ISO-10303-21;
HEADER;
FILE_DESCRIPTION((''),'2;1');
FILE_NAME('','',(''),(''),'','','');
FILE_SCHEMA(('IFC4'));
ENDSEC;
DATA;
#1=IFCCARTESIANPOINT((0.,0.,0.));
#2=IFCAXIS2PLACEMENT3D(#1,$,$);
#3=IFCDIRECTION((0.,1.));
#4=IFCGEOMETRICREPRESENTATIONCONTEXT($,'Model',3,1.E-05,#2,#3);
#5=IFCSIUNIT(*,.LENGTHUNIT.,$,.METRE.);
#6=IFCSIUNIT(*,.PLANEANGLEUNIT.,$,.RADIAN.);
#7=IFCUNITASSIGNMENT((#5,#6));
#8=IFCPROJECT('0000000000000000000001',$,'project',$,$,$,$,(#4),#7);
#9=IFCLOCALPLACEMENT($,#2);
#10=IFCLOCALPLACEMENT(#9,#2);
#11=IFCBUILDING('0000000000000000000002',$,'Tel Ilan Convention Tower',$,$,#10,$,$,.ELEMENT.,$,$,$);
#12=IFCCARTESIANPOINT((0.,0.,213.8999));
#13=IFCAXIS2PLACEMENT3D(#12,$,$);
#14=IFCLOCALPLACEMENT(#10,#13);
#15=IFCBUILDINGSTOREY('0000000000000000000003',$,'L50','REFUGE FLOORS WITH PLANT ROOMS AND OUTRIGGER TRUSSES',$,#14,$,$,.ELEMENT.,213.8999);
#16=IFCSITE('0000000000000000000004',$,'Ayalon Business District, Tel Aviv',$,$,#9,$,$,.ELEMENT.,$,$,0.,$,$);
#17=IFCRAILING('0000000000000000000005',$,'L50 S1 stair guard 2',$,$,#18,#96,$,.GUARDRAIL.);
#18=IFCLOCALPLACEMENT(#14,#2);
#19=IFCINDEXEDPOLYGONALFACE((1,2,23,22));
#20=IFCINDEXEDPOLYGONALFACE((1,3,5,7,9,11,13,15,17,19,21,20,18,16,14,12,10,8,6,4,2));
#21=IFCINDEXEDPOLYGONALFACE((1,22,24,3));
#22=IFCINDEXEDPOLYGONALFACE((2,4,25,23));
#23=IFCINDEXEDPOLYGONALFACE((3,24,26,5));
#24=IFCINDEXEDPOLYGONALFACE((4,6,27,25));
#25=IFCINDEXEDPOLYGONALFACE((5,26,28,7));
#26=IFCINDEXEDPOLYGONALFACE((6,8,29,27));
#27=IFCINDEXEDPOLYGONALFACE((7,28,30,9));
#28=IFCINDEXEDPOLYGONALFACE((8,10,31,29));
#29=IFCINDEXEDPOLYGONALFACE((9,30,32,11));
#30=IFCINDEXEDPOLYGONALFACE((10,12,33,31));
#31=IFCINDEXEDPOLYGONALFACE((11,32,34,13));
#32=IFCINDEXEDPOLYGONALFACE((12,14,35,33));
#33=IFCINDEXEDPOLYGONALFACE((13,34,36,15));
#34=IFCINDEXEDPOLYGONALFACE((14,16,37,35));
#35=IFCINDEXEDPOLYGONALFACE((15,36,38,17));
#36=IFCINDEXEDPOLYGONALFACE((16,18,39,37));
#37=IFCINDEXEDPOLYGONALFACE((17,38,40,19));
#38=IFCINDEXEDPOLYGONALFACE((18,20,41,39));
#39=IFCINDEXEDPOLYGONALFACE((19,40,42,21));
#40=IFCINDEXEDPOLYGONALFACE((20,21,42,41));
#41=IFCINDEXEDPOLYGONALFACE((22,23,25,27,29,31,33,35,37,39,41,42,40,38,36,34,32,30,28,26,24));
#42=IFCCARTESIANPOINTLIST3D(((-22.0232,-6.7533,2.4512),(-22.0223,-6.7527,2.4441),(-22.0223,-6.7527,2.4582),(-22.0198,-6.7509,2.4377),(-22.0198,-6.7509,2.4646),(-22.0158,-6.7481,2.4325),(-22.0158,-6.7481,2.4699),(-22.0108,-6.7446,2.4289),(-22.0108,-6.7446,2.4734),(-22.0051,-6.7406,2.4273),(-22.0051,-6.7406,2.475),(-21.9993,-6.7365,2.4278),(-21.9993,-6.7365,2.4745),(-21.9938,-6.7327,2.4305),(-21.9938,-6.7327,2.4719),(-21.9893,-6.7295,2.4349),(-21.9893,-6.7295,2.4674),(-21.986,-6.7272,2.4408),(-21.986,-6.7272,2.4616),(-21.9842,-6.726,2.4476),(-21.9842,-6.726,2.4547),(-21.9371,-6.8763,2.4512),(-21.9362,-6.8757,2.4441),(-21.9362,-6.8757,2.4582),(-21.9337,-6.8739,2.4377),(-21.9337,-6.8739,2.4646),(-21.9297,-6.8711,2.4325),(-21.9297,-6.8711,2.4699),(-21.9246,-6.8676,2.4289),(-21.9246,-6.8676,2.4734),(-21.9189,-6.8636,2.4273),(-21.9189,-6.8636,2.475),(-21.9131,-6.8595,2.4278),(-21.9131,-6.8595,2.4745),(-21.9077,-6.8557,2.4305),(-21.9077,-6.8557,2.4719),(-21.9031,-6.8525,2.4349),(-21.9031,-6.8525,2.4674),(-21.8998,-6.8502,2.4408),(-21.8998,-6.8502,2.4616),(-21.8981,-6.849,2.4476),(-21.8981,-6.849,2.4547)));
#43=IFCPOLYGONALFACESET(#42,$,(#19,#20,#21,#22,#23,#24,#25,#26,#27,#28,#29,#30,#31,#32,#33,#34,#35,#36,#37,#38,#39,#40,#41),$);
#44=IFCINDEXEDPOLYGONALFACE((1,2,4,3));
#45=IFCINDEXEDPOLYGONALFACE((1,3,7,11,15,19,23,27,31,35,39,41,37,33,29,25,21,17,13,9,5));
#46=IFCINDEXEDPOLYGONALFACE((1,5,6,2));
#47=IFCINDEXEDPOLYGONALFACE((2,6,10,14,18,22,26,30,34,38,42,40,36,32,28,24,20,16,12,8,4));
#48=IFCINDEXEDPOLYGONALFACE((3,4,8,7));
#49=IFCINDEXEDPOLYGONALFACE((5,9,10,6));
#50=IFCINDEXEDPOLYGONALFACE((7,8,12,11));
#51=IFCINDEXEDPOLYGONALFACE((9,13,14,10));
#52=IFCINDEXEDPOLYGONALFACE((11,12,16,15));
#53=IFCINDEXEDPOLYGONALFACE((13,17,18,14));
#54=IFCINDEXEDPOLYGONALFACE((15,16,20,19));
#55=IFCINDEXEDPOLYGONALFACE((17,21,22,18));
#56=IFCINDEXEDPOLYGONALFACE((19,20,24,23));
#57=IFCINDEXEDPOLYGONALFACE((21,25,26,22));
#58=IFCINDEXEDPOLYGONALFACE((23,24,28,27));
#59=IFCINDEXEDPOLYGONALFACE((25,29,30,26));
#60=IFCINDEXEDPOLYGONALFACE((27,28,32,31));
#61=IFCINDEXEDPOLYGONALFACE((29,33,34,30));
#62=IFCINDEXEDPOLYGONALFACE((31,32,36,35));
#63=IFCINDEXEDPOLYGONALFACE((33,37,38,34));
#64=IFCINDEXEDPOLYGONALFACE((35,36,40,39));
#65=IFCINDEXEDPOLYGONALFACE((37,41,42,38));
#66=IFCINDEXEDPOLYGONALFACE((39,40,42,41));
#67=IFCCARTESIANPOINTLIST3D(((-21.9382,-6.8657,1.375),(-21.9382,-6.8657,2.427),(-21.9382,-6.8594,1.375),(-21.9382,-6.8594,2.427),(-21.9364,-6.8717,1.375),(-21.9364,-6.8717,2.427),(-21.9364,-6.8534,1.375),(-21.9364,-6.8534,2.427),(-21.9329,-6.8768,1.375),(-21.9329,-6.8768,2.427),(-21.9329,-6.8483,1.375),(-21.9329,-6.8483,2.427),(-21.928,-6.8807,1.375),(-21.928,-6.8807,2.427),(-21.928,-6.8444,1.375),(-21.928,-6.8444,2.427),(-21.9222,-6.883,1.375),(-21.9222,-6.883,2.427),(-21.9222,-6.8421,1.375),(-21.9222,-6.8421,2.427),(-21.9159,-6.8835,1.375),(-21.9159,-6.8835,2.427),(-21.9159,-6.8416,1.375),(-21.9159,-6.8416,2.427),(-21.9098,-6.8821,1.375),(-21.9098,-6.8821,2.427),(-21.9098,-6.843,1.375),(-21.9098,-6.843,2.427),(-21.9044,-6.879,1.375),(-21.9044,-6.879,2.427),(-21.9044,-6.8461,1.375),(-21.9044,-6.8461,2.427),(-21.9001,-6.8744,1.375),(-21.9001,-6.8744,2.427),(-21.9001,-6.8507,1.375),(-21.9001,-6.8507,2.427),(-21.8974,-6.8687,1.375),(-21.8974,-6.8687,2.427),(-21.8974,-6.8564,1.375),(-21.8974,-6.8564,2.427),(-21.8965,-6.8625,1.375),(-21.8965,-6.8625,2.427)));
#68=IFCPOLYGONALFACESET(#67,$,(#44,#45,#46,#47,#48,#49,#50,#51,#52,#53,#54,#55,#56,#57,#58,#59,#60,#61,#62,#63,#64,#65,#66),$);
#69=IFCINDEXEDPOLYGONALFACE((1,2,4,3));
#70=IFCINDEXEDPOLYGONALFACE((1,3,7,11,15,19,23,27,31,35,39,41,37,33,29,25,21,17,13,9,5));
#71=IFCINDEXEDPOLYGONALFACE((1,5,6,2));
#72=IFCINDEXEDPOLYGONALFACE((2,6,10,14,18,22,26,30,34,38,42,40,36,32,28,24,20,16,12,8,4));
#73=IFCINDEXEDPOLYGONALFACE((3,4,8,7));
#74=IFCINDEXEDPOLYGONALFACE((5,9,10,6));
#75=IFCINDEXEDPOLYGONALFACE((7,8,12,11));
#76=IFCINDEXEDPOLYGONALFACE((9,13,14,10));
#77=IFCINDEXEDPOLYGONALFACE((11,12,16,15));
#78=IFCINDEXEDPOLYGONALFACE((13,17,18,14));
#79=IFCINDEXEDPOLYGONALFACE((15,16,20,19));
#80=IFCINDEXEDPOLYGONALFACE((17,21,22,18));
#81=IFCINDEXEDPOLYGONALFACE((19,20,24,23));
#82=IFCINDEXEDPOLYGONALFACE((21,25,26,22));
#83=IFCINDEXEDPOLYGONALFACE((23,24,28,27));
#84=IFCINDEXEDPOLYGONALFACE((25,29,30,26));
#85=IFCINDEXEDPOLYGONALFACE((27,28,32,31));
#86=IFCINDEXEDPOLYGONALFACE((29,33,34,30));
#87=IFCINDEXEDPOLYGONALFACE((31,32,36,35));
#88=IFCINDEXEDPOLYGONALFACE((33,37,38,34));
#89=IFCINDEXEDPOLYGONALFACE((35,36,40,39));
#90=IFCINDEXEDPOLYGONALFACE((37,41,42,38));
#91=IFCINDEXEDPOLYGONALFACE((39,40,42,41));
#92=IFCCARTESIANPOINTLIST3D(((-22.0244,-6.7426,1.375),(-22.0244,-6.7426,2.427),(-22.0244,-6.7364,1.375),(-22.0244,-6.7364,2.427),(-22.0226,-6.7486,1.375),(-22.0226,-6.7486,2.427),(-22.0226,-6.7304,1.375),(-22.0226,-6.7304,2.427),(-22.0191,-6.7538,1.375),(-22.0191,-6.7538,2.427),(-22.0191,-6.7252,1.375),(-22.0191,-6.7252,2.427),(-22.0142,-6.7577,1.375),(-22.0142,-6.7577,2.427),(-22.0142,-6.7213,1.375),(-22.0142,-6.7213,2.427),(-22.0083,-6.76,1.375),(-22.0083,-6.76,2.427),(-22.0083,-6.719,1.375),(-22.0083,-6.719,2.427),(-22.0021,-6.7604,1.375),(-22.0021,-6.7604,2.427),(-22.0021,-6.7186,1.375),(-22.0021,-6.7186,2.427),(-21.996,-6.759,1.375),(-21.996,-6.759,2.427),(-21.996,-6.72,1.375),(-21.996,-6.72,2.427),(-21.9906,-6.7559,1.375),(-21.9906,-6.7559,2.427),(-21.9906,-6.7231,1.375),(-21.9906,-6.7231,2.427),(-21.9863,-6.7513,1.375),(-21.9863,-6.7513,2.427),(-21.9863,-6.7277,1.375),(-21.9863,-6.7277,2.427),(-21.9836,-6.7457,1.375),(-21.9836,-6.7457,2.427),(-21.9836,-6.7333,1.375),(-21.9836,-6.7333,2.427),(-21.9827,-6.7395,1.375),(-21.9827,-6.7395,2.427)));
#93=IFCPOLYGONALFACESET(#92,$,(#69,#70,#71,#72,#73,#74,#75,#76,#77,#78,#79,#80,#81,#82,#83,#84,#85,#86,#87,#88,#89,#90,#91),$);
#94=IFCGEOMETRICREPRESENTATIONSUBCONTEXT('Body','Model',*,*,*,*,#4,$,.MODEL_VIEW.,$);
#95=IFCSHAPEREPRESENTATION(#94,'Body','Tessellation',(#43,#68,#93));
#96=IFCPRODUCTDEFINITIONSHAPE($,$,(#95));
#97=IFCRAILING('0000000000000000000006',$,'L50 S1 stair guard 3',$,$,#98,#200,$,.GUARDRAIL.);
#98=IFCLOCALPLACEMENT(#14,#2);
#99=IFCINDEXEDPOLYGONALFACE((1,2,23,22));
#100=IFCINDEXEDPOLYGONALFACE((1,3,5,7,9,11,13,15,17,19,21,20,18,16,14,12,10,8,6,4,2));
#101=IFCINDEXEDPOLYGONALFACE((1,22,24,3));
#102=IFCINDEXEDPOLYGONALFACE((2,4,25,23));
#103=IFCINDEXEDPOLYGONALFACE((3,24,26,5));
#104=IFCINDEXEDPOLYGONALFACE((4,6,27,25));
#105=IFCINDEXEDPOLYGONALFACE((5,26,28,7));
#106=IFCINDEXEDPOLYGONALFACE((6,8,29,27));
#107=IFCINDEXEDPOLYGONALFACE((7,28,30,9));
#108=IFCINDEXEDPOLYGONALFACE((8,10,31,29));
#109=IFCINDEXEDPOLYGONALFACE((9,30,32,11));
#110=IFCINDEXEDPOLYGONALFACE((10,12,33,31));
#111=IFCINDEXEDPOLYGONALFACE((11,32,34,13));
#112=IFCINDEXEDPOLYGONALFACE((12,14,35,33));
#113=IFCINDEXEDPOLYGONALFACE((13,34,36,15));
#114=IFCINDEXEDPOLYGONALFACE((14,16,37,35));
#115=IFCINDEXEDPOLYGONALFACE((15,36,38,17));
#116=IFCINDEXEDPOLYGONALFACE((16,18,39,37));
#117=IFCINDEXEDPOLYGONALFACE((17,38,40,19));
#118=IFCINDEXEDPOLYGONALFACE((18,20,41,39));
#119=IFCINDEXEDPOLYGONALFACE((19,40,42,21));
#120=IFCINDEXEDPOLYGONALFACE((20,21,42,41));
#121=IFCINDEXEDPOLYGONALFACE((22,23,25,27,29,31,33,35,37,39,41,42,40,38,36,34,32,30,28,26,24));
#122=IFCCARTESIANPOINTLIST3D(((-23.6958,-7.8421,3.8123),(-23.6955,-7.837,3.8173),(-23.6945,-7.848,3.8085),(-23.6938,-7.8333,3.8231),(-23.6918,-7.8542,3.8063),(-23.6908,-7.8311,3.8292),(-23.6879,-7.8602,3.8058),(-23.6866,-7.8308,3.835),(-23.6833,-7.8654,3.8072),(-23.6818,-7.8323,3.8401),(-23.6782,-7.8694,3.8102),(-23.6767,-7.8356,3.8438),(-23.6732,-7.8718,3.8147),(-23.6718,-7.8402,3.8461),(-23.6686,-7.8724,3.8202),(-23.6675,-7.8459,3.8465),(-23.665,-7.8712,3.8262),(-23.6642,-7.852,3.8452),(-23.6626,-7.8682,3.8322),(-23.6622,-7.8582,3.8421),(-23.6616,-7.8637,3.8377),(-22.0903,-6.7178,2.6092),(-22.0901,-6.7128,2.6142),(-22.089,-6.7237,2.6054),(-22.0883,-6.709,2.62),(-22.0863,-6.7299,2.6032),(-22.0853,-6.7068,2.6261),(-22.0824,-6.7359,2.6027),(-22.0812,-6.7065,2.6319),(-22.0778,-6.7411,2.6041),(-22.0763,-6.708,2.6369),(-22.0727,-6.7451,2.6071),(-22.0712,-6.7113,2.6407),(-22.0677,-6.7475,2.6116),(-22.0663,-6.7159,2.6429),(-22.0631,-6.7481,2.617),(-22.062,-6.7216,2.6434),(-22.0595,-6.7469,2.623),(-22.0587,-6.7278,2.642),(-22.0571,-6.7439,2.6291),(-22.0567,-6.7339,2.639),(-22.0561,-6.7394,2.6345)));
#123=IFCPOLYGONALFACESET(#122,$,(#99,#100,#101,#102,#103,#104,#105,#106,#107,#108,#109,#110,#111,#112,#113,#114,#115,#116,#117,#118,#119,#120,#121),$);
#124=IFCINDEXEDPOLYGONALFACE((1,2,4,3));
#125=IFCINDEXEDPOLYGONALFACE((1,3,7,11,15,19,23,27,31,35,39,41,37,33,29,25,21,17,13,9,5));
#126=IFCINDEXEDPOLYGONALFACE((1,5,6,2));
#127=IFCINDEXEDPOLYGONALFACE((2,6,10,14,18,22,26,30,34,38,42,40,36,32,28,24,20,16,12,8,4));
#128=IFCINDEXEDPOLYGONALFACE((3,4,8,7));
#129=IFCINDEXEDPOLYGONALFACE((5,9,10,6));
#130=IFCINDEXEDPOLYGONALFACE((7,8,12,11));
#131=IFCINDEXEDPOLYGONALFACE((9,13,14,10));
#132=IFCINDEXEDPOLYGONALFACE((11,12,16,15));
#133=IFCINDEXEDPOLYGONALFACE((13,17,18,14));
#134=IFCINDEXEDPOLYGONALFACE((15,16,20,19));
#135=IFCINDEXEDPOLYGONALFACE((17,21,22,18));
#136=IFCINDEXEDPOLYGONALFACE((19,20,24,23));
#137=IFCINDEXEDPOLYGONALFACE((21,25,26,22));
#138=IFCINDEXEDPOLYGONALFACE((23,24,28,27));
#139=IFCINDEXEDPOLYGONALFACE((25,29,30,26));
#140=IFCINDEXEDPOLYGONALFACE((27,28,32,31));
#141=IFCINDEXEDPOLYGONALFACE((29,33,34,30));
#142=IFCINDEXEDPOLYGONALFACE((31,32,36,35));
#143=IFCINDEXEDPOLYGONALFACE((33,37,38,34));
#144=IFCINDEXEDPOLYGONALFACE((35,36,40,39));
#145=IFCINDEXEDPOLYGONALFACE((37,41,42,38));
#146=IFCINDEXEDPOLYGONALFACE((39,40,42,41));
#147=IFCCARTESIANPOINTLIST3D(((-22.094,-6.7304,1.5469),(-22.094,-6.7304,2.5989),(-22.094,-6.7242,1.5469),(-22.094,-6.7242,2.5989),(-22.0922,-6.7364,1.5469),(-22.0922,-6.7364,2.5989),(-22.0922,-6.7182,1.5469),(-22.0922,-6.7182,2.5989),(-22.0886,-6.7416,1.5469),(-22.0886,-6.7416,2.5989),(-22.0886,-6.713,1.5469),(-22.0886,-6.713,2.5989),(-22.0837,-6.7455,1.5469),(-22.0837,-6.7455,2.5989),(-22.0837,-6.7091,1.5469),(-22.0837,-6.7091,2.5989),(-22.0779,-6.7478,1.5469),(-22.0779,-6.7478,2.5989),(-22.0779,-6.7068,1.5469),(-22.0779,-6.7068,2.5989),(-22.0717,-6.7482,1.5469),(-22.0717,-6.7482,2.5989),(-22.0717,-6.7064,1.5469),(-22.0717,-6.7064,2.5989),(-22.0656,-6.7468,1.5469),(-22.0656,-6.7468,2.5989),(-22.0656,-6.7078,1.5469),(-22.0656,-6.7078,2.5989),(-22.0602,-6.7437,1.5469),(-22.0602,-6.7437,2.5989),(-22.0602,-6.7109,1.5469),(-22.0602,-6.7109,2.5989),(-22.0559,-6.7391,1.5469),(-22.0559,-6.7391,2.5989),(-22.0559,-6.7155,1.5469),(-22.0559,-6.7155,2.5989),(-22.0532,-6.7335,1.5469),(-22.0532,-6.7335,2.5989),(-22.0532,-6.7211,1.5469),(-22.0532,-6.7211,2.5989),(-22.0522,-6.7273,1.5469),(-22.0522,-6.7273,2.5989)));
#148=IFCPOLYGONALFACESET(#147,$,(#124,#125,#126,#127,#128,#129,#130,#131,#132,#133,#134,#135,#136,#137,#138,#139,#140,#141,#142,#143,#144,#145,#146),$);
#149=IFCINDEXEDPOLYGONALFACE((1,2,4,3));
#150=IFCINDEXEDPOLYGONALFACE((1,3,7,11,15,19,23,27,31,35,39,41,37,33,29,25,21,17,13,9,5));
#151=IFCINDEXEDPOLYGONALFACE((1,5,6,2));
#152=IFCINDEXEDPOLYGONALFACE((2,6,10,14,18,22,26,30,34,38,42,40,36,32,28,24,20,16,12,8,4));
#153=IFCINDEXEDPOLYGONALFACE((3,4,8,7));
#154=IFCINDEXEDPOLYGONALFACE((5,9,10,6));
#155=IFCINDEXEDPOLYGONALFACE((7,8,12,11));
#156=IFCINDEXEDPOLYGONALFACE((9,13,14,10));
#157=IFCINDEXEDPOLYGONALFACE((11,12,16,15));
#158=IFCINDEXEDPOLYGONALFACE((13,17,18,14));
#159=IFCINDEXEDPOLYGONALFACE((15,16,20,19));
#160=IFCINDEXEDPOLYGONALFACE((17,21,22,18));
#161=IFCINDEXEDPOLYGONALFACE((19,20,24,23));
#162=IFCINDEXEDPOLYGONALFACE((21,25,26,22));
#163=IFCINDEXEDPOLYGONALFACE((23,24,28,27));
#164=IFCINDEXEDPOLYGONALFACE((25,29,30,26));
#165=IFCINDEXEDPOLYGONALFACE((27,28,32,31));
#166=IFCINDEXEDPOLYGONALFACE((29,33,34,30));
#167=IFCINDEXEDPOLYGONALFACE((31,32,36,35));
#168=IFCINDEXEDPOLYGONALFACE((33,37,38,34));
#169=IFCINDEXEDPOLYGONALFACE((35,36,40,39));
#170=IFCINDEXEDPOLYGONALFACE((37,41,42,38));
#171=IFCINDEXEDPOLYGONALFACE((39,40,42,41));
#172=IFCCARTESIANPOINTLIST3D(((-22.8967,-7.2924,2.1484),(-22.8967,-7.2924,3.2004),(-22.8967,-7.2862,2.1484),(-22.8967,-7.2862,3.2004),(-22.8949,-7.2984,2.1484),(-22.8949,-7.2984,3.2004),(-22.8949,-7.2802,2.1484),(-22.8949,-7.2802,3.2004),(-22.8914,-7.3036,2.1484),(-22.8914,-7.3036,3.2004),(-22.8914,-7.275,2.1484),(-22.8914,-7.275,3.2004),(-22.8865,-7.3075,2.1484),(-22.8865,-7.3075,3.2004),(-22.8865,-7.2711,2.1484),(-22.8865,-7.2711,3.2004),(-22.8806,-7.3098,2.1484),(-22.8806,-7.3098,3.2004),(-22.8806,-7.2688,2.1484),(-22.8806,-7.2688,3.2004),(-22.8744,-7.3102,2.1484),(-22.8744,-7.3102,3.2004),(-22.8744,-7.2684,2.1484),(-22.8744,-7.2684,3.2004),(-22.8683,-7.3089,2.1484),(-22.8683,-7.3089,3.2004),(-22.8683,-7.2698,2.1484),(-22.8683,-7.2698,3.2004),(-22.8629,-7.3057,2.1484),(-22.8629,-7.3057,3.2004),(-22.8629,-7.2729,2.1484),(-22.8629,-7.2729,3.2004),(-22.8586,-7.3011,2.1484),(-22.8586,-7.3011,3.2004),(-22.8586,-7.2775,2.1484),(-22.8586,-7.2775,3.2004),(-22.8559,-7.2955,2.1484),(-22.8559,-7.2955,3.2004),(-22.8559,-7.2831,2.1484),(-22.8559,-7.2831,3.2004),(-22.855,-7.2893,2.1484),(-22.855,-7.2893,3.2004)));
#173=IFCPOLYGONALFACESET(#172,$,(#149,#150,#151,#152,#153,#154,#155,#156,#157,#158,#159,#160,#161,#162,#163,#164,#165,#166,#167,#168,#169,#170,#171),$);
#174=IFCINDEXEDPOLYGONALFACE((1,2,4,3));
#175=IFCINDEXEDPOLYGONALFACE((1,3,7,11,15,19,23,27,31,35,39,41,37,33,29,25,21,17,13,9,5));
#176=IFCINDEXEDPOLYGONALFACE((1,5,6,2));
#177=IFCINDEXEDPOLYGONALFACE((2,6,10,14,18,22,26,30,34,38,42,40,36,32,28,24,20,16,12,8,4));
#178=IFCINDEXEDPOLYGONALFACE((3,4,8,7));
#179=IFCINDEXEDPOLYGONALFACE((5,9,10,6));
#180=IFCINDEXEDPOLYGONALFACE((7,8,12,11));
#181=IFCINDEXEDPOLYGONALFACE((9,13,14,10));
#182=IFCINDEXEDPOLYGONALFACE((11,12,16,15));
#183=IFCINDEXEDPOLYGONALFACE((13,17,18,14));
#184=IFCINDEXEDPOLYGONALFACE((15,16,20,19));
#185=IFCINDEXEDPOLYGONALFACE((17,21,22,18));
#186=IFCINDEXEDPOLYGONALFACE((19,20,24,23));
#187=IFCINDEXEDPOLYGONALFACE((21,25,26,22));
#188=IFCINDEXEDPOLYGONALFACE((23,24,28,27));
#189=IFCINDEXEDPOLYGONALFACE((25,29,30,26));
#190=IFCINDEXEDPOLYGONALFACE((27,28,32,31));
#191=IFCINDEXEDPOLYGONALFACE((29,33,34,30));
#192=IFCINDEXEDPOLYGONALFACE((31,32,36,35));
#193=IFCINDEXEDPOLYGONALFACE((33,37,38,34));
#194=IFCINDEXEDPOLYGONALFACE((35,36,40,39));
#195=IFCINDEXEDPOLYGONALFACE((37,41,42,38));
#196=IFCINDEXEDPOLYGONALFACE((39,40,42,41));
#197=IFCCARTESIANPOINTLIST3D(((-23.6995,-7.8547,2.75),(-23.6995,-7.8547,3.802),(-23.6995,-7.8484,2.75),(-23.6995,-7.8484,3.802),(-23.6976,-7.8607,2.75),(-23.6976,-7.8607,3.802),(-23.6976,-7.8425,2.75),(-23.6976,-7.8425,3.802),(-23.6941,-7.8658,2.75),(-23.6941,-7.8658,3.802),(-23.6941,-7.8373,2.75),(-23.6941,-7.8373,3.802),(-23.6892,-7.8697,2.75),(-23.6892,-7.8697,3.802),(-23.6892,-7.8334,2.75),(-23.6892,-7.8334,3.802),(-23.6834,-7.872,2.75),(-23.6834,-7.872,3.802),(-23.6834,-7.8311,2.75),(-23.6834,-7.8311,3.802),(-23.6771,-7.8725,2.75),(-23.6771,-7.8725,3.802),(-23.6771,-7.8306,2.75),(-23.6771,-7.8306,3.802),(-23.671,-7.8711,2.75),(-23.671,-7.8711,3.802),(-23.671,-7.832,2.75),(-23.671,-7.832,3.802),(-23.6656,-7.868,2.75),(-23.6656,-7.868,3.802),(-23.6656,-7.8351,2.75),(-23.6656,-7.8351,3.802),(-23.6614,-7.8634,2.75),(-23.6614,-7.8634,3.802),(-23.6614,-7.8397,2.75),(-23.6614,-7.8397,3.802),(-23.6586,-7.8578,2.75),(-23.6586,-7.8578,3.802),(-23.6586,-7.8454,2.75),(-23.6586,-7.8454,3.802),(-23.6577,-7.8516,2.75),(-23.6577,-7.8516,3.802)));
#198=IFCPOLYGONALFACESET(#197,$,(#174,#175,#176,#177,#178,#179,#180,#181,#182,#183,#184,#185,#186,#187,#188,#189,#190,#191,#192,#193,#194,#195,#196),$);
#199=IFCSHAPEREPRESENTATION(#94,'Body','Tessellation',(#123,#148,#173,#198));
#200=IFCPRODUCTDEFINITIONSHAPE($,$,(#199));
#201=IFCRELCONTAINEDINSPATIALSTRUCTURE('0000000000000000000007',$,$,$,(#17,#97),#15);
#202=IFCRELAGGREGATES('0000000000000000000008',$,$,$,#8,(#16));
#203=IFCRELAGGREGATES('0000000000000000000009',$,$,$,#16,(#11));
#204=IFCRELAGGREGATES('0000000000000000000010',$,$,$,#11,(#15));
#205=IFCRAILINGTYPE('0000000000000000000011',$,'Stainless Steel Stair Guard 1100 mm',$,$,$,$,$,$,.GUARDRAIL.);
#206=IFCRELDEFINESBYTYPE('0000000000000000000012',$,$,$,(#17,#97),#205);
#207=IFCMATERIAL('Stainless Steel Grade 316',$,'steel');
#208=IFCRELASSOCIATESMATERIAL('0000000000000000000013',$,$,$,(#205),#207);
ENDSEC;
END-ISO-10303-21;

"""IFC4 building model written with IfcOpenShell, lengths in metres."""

from ifc_helpers import new_model, si_unit, direction, frame, origin, origin_2d, place, context, subcontext, project, spatial, circle, extrude, material, type_object, element, save


model = new_model("IFC4")

# Units and contexts
model_context = context("Model", 3, precision=1e-05, world=origin(), true_north=direction((0.0, 1.0)))
body_context = subcontext(model_context, "Body", "Model", "MODEL_VIEW")
ifc_project = project(units=[si_unit("LENGTHUNIT", "METRE"), si_unit("PLANEANGLEUNIT", "RADIAN")], contexts=[model_context])

# Site, building, storey
site_placement = place(None, origin())
site = spatial("IfcSite", under=ifc_project, at=site_placement, Name="Ayalon Business District, Tel Aviv", CompositionType="ELEMENT", RefElevation=0.0)
building_placement = place(site_placement, origin())
building = spatial("IfcBuilding", under=site, at=building_placement, Name="Tel Ilan Convention Tower", CompositionType="ELEMENT")
storey_placement = place(building_placement, frame((0.0, 0.0, 213.8999)))
storey = spatial("IfcBuildingStorey", under=building, at=storey_placement, Name="L50", Description="REFUGE FLOORS WITH PLANT ROOMS AND OUTRIGGER TRUSSES", CompositionType="ELEMENT", Elevation=213.8999)

# Railings
ifc_material_1 = material(Name="Stainless Steel Grade 316", Category="steel")
railing_type_1 = type_object("IfcRailingType", Name="Stainless Steel Stair Guard 1100 mm", PredefinedType="GUARDRAIL", material=ifc_material_1)
railing_1_placement = place(storey_placement, frame((-21.9175, -6.8625, 1.375)))
element("IfcRailing", 1, at=railing_1_placement, inside=storey, type_object=railing_type_1, Name="L50 S1 stair guard 2", PredefinedType="GUARDRAIL", context=body_context, shape_type="SweptSolid", body=[
    extrude(circle(Radius=0.0239, at=origin_2d()), frame((0.0, 0.0, 1.0762), z_axis=(-0.57368, 0.819079, 0.0), x_axis=(-0.819079, -0.57368, 0.0)), (0.0, 0.0, 1.0), 0.1501),
    extrude(circle(Radius=0.021, at=origin_2d()), origin(), (0.0, 0.0, 1.0), 1.052),
    extrude(circle(Radius=0.021, at=origin_2d()), frame((-0.0862, 0.123, 0.0)), (0.0, 0.0, 1.0), 1.052),
])
railing_2_placement = place(storey_placement, frame((-22.0732, -6.7273, 1.5469)))
element("IfcRailing", 2, at=railing_2_placement, inside=storey, type_object=railing_type_1, Name="L50 S1 stair guard 3", PredefinedType="GUARDRAIL", context=body_context, shape_type="SweptSolid", body=[
    extrude(circle(Radius=0.0239, at=origin_2d()), frame((0.0, 0.0, 1.0762), z_axis=(-0.698095, -0.488857, 0.523146), x_axis=(0.573613, -0.819127, 0.0)), (0.0, 0.0, 1.0), 2.2998),
    extrude(circle(Radius=0.021, at=origin_2d()), origin(), (0.0, 0.0, 1.0), 1.052),
    extrude(circle(Radius=0.021, at=origin_2d()), frame((-0.8027, -0.562, 0.6016)), (0.0, 0.0, 1.0), 1.052),
    extrude(circle(Radius=0.021, at=origin_2d()), frame((-1.6055, -1.1243, 1.2031)), (0.0, 0.0, 1.0), 1.052),
])

save(model, "model.ifc")
